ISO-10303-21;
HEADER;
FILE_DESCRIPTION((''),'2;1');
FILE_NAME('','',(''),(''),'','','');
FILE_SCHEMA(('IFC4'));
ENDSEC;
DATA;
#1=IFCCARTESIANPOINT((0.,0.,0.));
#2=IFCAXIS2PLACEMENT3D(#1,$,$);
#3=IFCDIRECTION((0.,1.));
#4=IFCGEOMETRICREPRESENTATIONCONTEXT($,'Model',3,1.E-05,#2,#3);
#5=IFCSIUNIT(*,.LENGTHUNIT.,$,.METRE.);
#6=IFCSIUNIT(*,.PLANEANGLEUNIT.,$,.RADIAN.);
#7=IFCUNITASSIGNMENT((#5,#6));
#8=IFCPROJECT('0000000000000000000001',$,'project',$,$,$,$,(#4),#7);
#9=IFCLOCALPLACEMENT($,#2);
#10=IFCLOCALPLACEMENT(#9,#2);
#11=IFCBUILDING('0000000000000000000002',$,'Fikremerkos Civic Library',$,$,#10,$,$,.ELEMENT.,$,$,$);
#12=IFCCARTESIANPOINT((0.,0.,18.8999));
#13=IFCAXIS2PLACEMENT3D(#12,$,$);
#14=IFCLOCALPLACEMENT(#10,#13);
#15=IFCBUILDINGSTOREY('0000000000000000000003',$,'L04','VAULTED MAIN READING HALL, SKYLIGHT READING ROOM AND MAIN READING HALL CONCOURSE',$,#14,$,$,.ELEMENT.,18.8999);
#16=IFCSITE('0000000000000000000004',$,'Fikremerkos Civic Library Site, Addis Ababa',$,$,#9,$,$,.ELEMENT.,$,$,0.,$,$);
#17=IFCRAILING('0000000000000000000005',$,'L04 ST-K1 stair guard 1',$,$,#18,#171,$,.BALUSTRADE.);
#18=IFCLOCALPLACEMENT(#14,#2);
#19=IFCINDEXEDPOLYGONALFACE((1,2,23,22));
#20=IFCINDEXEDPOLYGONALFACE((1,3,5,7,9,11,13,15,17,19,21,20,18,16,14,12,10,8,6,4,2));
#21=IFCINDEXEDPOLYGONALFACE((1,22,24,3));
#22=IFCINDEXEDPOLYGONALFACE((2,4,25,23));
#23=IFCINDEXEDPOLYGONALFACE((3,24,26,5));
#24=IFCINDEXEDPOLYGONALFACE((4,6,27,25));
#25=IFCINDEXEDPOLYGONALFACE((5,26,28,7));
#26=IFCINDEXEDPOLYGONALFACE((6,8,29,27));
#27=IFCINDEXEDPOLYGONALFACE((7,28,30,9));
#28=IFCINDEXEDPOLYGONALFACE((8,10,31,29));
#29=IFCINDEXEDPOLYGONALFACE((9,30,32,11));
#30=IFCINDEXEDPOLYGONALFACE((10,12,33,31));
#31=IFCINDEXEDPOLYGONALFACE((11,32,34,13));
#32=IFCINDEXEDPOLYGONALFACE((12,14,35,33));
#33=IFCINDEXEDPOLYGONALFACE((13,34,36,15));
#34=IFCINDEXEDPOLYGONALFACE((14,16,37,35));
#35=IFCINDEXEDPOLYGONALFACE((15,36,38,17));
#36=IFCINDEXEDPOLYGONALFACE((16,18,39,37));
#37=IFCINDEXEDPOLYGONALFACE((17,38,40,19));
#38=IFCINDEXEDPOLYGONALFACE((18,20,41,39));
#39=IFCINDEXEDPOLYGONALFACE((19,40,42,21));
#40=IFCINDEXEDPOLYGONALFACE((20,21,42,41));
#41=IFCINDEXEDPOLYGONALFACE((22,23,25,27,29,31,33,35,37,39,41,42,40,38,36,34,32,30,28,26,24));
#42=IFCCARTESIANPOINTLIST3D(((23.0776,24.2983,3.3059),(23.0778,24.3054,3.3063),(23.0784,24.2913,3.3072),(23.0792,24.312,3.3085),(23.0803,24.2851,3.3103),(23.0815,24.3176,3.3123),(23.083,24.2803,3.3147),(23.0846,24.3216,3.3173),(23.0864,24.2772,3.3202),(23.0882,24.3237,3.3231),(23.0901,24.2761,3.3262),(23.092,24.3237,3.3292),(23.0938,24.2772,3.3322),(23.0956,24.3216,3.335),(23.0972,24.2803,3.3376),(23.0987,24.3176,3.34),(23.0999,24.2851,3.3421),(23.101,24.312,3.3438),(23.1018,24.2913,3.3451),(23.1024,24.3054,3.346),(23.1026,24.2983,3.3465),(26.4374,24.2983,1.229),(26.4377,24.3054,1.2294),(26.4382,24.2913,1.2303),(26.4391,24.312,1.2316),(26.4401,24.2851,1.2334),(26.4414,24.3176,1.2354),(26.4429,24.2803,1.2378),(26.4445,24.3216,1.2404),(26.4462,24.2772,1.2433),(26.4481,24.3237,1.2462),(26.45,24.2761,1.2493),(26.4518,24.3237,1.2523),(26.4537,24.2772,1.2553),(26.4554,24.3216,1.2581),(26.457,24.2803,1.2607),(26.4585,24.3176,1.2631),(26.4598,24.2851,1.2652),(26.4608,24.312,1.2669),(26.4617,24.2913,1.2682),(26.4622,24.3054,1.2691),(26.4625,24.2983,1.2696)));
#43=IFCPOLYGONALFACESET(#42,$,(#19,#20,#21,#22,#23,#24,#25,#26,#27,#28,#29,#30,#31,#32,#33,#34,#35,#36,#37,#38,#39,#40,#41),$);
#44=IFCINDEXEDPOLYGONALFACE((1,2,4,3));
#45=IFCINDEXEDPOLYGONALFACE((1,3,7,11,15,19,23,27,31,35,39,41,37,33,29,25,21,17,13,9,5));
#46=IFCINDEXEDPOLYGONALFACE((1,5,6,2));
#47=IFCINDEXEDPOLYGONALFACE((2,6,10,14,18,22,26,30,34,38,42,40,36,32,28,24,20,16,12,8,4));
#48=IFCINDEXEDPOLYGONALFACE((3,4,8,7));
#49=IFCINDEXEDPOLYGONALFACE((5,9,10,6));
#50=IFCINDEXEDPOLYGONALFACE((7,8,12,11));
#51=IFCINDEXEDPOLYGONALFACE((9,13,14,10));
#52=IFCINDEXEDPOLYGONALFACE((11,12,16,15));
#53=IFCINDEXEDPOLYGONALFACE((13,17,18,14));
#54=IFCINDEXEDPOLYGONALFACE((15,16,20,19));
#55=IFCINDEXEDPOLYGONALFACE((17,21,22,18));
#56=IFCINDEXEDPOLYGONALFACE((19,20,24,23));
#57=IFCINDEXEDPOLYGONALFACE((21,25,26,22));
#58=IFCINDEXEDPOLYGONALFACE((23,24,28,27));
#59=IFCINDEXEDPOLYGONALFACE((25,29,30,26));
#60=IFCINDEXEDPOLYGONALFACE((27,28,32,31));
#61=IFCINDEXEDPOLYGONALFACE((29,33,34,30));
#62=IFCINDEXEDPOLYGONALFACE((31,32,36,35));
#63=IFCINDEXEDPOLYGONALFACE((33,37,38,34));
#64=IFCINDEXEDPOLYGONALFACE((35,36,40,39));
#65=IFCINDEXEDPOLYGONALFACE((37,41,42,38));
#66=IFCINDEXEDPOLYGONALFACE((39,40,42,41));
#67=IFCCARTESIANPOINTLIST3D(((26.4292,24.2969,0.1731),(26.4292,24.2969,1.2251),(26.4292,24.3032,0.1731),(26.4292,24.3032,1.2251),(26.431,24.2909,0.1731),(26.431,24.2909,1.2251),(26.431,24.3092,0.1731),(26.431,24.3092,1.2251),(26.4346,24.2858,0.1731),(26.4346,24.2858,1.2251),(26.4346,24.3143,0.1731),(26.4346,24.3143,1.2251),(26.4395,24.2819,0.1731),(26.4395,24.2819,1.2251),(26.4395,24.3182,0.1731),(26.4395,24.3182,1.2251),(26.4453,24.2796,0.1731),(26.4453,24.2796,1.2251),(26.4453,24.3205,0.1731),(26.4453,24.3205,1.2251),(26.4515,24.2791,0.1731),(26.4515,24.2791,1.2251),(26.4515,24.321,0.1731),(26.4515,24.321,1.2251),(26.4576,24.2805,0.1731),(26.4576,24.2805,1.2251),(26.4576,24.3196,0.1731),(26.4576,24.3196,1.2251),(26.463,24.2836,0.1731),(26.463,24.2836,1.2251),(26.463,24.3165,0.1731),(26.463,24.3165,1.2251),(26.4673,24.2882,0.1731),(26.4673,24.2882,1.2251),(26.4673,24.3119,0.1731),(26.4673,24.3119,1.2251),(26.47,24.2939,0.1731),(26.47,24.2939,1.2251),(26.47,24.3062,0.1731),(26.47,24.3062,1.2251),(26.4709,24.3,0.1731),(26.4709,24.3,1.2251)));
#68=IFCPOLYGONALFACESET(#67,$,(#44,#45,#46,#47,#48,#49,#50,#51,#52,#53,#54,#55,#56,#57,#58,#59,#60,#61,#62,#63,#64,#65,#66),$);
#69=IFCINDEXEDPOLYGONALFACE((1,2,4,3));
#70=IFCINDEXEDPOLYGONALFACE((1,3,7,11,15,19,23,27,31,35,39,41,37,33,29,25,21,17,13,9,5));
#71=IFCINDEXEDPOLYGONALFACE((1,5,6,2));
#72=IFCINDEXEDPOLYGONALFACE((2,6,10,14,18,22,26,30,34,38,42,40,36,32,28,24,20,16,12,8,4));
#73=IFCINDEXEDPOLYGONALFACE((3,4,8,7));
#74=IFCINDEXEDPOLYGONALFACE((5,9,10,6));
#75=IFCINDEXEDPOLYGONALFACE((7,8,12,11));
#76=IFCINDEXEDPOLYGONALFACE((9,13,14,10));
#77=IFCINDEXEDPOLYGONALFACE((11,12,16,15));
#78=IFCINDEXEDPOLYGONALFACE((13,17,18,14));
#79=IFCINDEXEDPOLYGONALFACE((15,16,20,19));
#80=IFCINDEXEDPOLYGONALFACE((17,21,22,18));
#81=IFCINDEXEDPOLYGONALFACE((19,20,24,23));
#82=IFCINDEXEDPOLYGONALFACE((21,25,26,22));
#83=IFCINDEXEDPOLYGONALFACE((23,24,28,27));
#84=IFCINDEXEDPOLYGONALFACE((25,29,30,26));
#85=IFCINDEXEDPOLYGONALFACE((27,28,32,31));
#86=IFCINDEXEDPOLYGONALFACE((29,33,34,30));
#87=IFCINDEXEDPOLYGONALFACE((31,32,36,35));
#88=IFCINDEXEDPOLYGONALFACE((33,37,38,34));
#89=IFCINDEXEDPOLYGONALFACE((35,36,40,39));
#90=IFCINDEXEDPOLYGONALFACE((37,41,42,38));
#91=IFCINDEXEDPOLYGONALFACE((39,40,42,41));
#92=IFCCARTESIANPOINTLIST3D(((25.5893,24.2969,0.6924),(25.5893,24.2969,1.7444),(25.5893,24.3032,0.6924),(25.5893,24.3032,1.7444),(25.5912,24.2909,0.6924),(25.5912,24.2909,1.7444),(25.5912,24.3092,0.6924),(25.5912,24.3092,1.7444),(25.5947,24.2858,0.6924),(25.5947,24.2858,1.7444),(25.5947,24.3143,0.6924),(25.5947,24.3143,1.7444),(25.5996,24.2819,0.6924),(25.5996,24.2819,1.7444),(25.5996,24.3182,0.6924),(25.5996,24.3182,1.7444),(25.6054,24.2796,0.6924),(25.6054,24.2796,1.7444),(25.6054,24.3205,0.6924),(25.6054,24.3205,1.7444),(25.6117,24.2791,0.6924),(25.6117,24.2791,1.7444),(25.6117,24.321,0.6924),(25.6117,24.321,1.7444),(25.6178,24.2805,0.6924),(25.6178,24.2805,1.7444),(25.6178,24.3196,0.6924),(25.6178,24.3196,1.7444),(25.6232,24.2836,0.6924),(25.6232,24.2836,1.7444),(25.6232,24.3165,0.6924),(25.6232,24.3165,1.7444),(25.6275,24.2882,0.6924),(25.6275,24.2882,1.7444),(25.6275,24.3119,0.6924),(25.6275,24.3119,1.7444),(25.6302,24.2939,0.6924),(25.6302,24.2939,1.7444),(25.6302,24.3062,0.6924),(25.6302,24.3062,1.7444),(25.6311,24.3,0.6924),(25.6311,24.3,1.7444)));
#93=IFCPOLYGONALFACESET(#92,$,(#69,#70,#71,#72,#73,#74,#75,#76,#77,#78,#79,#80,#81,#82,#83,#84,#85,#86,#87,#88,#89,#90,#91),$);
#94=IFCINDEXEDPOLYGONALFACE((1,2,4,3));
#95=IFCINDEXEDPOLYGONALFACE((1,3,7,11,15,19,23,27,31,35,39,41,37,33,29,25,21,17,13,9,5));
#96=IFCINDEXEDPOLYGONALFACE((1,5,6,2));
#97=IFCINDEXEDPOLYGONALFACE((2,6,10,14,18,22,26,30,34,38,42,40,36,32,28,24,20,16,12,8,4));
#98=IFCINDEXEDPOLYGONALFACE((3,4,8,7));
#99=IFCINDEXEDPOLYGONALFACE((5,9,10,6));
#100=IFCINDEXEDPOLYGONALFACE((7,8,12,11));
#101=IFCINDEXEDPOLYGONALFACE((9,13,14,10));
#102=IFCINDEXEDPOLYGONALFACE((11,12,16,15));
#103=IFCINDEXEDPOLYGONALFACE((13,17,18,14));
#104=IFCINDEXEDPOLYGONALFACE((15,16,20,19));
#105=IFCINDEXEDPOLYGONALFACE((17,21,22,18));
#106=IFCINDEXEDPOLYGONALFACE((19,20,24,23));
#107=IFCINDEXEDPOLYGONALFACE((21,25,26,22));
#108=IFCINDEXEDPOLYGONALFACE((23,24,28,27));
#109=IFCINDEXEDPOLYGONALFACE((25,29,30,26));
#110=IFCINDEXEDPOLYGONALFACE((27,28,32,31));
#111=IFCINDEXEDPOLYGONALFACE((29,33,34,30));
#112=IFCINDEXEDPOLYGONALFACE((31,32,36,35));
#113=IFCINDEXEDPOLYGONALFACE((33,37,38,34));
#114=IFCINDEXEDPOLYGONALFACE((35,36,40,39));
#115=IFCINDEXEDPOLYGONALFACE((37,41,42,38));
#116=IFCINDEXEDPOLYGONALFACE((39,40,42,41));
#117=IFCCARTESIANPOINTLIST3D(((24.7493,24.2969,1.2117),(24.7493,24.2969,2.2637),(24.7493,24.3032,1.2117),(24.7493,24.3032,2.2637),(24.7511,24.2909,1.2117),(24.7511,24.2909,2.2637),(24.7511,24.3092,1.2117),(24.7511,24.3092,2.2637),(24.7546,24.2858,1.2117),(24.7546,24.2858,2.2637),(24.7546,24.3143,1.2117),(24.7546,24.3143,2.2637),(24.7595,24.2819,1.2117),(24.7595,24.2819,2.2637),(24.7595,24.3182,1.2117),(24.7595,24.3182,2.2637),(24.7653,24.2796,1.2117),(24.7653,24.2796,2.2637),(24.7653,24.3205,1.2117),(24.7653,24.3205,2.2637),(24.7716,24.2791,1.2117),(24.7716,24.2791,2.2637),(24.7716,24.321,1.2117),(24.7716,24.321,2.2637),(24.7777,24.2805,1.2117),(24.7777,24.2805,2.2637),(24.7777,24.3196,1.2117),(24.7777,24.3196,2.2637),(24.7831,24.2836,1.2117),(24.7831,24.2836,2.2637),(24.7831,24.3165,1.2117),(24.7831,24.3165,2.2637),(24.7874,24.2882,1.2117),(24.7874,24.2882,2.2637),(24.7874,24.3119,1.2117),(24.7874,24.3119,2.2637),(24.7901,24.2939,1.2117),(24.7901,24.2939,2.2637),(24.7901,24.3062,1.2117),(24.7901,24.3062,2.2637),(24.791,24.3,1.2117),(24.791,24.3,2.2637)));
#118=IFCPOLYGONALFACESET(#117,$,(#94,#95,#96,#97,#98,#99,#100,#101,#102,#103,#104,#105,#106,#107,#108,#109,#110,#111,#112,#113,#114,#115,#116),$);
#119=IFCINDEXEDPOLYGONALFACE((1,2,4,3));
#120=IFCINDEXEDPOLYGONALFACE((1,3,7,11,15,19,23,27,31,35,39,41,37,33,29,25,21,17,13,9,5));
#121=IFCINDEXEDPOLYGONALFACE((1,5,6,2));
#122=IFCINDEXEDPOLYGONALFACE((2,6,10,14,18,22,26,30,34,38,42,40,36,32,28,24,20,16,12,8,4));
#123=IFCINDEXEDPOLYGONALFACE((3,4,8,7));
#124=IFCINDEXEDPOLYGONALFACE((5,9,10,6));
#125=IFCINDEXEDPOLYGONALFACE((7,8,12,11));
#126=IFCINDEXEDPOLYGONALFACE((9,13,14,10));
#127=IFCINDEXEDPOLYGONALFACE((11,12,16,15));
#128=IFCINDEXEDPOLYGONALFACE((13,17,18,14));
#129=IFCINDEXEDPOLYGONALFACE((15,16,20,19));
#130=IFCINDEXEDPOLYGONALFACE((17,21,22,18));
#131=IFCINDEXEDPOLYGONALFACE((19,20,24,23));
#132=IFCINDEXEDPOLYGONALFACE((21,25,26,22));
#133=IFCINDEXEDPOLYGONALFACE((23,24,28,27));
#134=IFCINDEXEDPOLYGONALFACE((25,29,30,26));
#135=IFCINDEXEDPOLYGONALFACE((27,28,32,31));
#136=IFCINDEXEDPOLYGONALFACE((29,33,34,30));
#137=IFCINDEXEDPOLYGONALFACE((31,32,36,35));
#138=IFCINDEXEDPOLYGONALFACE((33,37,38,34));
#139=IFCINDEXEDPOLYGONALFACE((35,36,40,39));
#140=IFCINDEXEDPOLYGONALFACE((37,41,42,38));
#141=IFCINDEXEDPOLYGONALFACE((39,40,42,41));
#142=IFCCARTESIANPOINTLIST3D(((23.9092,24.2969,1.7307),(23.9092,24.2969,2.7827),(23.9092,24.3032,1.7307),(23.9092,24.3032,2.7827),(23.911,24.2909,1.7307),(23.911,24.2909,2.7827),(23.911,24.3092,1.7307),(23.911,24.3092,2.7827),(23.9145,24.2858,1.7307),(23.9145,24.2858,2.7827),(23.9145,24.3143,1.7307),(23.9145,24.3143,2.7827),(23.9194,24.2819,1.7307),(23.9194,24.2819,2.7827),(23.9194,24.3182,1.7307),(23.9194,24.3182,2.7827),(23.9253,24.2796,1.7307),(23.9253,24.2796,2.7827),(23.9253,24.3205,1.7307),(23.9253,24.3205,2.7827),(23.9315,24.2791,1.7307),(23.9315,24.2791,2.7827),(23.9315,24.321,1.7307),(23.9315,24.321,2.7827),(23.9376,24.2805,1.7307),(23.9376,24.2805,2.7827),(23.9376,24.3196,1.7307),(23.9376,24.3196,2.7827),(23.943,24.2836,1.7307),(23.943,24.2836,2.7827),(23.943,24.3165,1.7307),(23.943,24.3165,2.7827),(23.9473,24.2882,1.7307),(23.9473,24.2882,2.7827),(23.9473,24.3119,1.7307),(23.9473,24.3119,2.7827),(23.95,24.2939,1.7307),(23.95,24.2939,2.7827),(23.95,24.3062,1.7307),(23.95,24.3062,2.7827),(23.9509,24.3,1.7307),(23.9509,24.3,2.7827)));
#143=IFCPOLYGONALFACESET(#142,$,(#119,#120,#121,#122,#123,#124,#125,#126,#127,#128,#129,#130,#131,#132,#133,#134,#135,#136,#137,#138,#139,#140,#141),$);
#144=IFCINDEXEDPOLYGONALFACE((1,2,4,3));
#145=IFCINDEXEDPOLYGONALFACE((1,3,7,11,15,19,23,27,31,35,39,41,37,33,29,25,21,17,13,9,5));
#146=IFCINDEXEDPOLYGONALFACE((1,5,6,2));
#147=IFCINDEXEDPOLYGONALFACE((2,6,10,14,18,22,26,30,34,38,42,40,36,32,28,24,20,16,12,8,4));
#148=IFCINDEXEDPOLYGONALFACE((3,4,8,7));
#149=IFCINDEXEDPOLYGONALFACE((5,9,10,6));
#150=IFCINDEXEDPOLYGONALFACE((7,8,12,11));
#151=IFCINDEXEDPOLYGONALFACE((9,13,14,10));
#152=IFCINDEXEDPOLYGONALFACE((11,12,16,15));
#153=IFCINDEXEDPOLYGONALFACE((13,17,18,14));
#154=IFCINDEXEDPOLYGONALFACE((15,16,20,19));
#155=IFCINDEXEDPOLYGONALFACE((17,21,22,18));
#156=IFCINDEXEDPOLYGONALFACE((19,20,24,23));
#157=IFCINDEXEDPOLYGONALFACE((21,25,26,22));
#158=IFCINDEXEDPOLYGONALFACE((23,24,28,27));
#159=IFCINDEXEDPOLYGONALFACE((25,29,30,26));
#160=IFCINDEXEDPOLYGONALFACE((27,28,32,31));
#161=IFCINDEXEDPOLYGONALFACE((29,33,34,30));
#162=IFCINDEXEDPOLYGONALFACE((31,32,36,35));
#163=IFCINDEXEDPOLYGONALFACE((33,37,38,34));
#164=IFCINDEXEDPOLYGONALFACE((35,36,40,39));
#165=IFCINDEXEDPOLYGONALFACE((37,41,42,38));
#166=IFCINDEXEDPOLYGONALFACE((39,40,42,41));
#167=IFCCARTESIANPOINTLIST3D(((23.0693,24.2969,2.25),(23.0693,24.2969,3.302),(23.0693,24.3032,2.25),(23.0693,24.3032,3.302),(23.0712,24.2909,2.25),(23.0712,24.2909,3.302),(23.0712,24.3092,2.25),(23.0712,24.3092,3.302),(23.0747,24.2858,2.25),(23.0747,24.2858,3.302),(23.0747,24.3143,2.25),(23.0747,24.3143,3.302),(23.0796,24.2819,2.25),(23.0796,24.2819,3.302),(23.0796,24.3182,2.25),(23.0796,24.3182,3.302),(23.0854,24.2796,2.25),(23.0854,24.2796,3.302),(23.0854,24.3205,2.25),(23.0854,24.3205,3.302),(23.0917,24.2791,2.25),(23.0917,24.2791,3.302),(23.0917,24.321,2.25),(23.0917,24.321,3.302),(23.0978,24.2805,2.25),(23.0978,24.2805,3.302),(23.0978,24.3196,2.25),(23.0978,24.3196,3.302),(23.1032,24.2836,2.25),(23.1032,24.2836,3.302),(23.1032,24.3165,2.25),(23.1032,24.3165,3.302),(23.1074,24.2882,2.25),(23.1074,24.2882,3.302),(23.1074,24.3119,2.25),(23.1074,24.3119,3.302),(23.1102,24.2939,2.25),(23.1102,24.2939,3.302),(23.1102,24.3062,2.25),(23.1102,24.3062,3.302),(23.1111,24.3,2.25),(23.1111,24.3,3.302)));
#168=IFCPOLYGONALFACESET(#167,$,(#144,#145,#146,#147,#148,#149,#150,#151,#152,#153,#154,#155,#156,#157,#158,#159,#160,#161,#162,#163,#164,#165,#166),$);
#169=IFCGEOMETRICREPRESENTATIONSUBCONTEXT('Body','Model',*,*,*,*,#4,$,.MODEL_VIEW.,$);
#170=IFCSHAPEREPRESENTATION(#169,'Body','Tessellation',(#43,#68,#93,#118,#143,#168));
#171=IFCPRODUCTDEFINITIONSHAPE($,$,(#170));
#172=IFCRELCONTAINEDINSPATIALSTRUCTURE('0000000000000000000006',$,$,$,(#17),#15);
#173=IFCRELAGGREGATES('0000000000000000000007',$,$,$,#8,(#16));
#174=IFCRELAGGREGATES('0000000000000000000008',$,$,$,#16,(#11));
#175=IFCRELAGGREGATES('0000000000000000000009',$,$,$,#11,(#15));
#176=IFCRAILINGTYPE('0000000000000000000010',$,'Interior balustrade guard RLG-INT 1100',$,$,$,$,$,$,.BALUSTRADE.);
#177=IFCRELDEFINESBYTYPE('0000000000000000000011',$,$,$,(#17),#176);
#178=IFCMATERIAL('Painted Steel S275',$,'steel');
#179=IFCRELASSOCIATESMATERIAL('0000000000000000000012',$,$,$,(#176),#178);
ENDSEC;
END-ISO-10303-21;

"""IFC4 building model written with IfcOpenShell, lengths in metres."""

from ifc_helpers import new_model, si_unit, direction, frame, origin, origin_2d, place, context, subcontext, project, spatial, circle, extrude, material, type_object, element, save


model = new_model("IFC4")

# Units and contexts
model_context = context("Model", 3, precision=1e-05, world=origin(), true_north=direction((0.0, 1.0)))
body_context = subcontext(model_context, "Body", "Model", "MODEL_VIEW")
ifc_project = project(units=[si_unit("LENGTHUNIT", "METRE"), si_unit("PLANEANGLEUNIT", "RADIAN")], contexts=[model_context])

# Site, building, storey
site_placement = place(None, origin())
site = spatial("IfcSite", under=ifc_project, at=site_placement, Name="Fikremerkos Civic Library Site, Addis Ababa", CompositionType="ELEMENT", RefElevation=0.0)
building_placement = place(site_placement, origin())
building = spatial("IfcBuilding", under=site, at=building_placement, Name="Fikremerkos Civic Library", CompositionType="ELEMENT")
storey_placement = place(building_placement, frame((0.0, 0.0, 18.8999)))
storey = spatial("IfcBuildingStorey", under=building, at=storey_placement, Name="L04", Description="VAULTED MAIN READING HALL, SKYLIGHT READING ROOM AND MAIN READING HALL CONCOURSE", CompositionType="ELEMENT", Elevation=18.8999)

# Railing
ifc_material_1 = material(Name="Painted Steel S275", Category="steel")
railing_type_1 = type_object("IfcRailingType", Name="Interior balustrade guard RLG-INT 1100", PredefinedType="BALUSTRADE", material=ifc_material_1)
railing_1_placement = place(storey_placement, frame((26.45, 24.3, 0.1731)))
element("IfcRailing", 1, at=railing_1_placement, inside=storey, type_object=railing_type_1, Name="L04 ST-K1 stair guard 1", PredefinedType="BALUSTRADE", context=body_context, shape_type="SweptSolid", body=[
    extrude(circle(Radius=0.0239, at=origin_2d()), frame((0.0, 0.0, 1.0762), z_axis=(-0.850606, 0.0, 0.525803), x_axis=(0.0, -1.0, 0.0)), (0.0, 0.0, 1.0), 3.95),
    extrude(circle(Radius=0.021, at=origin_2d()), origin(), (0.0, 0.0, 1.0), 1.052),
    extrude(circle(Radius=0.021, at=origin_2d()), frame((-0.8398, 0.0, 0.5193)), (0.0, 0.0, 1.0), 1.052),
    extrude(circle(Radius=0.021, at=origin_2d()), frame((-1.6799, 0.0, 1.0386)), (0.0, 0.0, 1.0), 1.052),
    extrude(circle(Radius=0.021, at=origin_2d()), frame((-2.52, 0.0, 1.5576)), (0.0, 0.0, 1.0), 1.052),
    extrude(circle(Radius=0.021, at=origin_2d()), frame((-3.3599, 0.0, 2.0769)), (0.0, 0.0, 1.0), 1.052),
])

save(model, "model.ifc")
